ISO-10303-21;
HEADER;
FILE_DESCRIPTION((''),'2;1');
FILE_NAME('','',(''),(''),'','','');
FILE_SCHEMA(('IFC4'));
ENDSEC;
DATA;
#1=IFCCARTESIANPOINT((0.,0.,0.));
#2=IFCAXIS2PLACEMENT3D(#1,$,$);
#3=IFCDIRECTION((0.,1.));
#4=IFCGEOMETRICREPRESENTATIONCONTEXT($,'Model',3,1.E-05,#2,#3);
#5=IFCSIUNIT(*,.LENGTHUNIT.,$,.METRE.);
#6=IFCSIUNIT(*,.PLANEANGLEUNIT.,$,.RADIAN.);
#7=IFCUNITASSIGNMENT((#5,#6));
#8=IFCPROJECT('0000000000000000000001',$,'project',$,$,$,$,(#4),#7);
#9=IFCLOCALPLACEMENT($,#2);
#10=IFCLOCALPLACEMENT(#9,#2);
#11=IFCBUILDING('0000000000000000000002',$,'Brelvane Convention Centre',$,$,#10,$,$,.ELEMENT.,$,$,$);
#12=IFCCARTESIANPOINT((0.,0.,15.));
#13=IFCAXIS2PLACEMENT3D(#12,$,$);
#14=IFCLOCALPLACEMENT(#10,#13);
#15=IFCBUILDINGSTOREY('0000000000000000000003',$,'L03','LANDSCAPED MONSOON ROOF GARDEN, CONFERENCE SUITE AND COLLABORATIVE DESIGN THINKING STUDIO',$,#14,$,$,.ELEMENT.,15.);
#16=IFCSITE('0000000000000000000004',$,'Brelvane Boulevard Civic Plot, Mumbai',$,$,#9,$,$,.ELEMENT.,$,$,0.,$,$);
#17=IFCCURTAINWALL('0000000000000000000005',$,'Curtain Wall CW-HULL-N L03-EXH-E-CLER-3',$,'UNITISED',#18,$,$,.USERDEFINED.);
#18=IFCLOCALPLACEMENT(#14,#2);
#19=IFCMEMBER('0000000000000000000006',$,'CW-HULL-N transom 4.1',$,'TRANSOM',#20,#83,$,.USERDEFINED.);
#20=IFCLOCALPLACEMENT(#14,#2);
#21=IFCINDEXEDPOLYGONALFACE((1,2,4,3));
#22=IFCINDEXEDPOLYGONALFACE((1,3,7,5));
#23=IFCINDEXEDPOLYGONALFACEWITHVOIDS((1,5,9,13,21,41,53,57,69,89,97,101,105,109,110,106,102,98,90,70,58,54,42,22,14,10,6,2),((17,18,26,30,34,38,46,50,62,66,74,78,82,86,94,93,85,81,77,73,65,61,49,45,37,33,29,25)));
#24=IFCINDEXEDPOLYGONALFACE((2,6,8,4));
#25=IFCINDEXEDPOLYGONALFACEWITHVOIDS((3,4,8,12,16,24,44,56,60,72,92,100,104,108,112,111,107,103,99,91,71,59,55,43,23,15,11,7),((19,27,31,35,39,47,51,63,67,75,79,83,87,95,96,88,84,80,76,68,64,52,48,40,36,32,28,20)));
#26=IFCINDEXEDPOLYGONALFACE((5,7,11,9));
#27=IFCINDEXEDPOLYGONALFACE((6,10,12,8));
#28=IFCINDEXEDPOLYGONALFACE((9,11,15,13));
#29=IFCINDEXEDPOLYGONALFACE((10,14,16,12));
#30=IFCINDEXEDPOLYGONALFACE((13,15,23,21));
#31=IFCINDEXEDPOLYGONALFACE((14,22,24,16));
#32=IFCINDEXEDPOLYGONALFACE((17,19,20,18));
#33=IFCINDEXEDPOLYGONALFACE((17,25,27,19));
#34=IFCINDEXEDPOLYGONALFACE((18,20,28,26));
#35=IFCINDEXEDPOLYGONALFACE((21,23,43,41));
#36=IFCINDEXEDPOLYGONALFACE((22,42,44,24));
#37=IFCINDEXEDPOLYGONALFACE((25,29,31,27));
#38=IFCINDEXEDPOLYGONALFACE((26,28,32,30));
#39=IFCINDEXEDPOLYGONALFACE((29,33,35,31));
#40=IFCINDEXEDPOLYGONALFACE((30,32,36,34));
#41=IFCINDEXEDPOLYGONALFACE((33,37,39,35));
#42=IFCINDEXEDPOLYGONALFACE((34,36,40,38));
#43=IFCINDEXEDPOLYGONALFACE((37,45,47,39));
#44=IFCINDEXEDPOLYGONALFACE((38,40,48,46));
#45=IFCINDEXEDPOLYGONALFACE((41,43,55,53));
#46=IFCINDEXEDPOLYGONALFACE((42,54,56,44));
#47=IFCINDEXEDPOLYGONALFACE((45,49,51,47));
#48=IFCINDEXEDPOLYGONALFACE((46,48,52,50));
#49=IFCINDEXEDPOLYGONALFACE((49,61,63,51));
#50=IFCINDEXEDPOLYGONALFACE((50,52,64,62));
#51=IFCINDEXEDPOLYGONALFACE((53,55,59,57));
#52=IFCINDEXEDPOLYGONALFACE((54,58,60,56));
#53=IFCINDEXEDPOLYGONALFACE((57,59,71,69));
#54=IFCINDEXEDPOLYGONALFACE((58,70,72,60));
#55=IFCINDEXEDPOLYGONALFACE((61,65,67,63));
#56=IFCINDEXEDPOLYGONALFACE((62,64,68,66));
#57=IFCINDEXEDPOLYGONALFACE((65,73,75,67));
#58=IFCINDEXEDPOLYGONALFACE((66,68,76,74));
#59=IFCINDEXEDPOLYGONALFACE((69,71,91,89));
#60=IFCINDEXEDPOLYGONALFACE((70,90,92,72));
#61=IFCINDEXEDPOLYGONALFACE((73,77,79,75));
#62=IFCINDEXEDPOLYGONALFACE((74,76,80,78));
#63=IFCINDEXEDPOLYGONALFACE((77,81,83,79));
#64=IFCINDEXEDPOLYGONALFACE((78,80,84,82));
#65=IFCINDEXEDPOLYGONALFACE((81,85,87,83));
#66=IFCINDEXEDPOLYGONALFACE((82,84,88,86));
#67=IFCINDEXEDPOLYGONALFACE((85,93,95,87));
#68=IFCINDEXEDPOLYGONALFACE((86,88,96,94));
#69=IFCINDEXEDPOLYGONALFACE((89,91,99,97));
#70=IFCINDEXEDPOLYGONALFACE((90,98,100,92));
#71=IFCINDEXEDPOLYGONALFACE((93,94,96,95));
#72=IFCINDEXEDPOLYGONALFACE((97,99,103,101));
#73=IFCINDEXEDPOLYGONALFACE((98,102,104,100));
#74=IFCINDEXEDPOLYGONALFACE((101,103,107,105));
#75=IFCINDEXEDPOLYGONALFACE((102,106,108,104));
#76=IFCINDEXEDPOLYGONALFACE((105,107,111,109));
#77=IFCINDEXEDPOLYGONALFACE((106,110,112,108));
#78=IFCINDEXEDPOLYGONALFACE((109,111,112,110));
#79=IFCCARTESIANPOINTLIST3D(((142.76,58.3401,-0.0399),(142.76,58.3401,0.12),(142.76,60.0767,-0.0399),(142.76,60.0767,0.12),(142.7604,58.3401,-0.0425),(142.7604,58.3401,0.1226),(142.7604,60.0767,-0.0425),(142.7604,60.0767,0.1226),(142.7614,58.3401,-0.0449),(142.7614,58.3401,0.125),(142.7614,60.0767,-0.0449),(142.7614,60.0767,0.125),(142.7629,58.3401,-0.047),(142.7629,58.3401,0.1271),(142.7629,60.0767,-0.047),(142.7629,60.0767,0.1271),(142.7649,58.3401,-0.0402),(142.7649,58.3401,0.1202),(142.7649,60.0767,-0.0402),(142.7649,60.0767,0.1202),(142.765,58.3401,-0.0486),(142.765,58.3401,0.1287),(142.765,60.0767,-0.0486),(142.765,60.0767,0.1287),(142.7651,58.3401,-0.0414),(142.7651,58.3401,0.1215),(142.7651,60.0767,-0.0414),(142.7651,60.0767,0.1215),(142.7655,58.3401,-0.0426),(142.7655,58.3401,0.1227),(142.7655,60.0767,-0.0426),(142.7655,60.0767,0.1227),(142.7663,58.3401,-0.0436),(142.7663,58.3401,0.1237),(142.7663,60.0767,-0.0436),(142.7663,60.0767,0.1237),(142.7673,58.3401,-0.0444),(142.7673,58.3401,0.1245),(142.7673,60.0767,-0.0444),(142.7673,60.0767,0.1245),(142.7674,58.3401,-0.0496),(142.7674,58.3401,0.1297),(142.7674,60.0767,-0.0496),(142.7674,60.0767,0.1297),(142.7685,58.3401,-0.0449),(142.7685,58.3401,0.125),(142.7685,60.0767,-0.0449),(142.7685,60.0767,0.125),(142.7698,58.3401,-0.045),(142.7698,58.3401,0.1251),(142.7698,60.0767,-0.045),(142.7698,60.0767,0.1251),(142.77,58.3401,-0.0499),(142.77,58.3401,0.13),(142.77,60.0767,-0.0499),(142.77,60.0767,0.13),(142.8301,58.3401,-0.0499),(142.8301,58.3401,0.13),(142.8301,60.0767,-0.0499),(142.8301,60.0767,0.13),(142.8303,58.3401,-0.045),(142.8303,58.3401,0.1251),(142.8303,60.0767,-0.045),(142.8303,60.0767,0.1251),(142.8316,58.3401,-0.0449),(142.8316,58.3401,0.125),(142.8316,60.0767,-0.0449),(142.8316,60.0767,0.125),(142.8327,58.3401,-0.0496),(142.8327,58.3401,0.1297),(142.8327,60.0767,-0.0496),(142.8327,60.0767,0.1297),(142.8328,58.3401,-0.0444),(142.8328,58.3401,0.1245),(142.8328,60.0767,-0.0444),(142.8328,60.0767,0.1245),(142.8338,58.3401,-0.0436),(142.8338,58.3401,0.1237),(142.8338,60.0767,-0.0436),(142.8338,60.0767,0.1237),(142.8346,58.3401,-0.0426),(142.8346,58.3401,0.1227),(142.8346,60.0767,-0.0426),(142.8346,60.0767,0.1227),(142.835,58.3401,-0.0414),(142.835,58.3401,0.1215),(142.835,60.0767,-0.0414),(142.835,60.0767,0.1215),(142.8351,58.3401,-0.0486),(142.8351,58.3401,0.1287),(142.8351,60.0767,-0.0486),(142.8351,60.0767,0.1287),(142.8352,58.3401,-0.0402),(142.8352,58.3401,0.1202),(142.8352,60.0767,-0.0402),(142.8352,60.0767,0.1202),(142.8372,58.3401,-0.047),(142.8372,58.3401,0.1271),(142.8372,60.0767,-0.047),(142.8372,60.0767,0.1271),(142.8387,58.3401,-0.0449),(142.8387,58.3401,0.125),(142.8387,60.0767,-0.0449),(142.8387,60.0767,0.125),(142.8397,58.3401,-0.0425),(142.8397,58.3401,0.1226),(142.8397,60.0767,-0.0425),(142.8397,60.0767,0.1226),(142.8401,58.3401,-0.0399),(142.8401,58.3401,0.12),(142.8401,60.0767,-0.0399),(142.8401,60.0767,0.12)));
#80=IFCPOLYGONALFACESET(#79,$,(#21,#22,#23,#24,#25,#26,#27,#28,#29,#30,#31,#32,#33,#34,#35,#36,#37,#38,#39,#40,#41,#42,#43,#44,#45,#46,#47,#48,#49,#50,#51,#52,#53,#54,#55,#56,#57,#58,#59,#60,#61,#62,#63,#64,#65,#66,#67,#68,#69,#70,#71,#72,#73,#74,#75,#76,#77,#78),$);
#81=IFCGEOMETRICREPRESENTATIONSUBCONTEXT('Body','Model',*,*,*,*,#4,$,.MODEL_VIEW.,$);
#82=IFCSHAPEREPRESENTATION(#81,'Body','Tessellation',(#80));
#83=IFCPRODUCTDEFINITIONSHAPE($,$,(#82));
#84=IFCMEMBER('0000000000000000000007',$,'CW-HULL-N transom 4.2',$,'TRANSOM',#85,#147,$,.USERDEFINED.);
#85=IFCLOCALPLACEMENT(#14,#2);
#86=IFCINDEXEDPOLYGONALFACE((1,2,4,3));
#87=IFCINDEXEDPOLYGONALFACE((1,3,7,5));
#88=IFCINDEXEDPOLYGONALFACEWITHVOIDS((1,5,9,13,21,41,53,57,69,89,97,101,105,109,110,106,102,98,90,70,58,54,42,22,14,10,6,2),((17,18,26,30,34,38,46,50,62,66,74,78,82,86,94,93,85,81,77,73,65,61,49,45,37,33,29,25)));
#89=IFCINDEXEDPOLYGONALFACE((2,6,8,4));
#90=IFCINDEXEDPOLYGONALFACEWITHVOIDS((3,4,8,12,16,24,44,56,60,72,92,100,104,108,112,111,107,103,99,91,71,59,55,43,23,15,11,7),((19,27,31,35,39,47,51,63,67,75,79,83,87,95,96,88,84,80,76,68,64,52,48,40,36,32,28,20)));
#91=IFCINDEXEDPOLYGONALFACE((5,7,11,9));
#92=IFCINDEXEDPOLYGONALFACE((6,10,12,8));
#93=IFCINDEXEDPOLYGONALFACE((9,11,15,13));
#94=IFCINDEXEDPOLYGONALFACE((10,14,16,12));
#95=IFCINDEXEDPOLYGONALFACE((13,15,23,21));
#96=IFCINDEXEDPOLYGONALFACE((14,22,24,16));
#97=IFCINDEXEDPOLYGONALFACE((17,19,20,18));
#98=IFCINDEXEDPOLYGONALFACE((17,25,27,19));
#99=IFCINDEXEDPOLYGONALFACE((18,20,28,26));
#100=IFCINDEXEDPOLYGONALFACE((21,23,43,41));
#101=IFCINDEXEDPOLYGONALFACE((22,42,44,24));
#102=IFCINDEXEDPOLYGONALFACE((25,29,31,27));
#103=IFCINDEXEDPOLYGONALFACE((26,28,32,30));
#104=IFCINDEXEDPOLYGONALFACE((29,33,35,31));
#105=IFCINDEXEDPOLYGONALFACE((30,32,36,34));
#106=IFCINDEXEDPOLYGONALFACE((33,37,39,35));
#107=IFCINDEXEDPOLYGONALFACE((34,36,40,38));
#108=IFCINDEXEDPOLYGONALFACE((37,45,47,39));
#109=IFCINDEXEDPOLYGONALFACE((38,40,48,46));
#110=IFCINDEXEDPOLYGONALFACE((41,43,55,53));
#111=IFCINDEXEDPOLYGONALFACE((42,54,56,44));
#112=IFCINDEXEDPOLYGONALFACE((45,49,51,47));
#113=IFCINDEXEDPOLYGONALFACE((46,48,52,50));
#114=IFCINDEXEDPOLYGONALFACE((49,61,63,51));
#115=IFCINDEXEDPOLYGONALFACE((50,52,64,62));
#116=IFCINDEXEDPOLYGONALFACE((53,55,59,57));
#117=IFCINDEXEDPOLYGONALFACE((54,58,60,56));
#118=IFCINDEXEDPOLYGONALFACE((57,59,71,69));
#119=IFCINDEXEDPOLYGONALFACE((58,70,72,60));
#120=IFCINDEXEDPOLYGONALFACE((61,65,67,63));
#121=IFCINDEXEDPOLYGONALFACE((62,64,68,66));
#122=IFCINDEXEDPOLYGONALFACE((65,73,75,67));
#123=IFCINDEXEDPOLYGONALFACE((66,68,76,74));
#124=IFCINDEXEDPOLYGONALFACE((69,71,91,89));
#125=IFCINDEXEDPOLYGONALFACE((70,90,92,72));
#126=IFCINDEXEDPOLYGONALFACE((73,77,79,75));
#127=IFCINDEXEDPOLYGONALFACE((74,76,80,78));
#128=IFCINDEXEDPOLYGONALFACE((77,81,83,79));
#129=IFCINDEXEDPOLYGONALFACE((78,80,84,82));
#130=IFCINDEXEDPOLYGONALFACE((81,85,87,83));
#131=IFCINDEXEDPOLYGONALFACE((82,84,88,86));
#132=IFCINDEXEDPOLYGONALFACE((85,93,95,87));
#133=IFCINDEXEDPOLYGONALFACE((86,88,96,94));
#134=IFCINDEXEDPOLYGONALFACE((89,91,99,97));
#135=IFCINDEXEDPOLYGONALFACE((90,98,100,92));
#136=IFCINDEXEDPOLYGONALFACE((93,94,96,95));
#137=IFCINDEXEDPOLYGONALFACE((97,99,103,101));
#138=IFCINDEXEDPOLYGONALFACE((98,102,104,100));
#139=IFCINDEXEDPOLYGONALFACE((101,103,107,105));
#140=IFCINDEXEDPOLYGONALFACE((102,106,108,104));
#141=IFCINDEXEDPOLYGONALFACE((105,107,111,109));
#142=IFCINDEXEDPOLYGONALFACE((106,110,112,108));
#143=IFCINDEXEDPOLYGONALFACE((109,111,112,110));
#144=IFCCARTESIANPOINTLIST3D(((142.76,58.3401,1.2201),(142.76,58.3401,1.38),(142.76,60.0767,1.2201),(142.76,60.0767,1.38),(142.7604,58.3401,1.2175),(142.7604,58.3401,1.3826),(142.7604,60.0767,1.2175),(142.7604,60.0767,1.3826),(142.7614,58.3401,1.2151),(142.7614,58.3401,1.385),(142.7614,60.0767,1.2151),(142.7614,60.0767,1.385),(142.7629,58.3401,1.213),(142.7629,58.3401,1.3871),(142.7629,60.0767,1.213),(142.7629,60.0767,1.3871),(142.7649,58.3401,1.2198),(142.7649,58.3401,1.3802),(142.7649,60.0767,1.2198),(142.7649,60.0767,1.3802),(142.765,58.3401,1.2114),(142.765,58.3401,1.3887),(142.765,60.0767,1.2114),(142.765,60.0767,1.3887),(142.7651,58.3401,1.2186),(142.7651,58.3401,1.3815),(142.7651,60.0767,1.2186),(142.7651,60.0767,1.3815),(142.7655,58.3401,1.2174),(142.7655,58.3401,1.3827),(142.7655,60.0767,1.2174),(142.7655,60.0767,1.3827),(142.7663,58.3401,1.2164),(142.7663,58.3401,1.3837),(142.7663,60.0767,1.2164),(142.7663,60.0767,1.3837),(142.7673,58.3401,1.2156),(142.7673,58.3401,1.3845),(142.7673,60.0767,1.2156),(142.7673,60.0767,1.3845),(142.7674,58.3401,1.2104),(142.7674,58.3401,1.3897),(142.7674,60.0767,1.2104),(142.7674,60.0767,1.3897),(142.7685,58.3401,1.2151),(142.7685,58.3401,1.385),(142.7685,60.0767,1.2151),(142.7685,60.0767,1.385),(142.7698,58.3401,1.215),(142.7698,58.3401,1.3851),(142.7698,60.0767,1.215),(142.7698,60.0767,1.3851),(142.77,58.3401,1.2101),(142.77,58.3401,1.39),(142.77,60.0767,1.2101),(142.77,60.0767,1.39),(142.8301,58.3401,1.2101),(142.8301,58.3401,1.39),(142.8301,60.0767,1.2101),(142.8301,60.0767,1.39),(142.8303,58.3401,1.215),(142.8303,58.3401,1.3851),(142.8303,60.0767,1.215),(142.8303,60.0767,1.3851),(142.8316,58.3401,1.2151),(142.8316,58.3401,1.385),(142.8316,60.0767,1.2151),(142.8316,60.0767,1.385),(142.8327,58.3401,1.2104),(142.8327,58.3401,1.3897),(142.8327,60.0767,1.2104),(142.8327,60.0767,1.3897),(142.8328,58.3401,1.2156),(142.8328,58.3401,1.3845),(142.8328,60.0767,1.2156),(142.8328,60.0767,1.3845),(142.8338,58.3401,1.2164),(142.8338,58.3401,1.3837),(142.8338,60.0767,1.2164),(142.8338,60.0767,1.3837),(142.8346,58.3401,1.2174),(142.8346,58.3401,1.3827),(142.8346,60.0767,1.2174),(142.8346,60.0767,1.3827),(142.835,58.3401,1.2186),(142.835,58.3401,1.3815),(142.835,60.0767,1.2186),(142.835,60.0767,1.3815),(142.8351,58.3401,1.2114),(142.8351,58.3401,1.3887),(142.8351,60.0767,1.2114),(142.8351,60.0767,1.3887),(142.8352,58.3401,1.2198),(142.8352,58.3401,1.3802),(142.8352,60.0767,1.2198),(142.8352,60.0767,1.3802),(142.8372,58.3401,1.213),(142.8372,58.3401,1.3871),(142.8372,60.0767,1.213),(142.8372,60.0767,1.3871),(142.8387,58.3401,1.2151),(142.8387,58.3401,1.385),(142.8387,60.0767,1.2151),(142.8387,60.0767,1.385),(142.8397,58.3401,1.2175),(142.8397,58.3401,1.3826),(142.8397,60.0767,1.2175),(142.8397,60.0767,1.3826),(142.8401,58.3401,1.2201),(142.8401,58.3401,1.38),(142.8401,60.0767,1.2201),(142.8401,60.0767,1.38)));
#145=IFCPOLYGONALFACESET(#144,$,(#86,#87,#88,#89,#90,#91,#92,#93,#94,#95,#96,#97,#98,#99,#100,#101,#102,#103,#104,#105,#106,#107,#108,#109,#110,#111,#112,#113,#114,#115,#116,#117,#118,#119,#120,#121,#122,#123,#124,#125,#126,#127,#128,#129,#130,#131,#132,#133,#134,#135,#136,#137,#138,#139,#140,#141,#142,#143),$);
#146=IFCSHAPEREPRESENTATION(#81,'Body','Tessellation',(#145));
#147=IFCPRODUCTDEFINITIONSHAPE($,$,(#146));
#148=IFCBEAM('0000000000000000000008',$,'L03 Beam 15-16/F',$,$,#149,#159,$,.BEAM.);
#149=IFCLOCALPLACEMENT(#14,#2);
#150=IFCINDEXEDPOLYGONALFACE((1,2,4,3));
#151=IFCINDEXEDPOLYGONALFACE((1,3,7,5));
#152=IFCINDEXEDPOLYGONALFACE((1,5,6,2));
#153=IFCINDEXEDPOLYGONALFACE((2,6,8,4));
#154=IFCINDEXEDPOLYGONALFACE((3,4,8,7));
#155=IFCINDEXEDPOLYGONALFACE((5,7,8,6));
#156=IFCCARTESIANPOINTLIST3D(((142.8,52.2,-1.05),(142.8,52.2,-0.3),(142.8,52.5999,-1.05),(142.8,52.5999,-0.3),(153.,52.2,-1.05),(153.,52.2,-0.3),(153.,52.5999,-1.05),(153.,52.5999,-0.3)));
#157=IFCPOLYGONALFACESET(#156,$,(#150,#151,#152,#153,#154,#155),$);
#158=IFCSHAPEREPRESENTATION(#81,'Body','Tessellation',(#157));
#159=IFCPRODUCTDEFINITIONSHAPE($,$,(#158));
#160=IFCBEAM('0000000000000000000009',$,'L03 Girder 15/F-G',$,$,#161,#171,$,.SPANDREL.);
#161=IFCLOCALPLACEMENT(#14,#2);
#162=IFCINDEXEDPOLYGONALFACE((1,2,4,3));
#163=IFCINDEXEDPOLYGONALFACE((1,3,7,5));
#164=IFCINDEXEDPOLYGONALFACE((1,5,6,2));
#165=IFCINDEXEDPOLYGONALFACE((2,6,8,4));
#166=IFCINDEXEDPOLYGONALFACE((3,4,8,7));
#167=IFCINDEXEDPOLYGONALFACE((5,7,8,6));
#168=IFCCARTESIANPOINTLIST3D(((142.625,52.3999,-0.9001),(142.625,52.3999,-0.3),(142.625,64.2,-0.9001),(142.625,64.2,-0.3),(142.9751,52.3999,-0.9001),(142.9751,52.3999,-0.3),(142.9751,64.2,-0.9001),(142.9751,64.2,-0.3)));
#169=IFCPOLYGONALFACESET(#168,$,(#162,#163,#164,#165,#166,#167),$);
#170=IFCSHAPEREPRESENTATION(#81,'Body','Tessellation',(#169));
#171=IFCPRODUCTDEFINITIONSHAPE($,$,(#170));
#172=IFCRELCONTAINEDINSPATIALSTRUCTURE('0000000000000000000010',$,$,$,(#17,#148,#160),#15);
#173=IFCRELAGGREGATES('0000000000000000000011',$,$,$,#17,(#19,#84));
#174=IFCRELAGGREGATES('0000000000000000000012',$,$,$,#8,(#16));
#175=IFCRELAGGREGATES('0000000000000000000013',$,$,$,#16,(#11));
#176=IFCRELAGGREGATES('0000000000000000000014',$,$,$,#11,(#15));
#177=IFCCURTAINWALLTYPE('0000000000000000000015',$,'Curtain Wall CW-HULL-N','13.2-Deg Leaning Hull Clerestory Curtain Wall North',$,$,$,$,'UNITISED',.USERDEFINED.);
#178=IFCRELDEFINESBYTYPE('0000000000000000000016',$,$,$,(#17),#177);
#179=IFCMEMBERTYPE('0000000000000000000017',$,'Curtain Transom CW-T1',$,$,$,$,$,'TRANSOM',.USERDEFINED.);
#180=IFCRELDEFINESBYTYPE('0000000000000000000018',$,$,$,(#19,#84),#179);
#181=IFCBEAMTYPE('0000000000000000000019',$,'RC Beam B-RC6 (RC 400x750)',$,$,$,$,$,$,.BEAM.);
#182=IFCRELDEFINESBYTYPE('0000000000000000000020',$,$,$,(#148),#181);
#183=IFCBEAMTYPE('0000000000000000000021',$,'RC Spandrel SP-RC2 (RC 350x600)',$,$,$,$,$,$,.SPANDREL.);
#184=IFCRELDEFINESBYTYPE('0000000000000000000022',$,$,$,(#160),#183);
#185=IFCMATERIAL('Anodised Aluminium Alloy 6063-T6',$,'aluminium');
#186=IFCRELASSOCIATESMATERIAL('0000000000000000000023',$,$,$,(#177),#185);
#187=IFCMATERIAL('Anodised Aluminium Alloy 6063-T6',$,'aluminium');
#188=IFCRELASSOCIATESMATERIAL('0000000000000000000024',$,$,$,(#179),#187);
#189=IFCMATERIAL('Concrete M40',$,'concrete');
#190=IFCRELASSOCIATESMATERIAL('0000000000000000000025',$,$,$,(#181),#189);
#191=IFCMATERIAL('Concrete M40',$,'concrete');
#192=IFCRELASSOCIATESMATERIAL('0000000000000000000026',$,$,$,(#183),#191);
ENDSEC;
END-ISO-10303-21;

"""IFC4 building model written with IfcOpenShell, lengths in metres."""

from ifc_helpers import new_model, si_unit, direction, frame, origin, origin_2d, place, context, subcontext, project, spatial, rectangle, hollow_rectangle, extrude, material, material_profile, profile_set, type_object, element, aggregate, save


model = new_model("IFC4")

# Units and contexts
model_context = context("Model", 3, precision=1e-05, world=origin(), true_north=direction((0.0, 1.0)))
body_context = subcontext(model_context, "Body", "Model", "MODEL_VIEW")
ifc_project = project(units=[si_unit("LENGTHUNIT", "METRE"), si_unit("PLANEANGLEUNIT", "RADIAN")], contexts=[model_context])

# Site, building, storey
site_placement = place(None, origin())
site = spatial("IfcSite", under=ifc_project, at=site_placement, Name="Brelvane Boulevard Civic Plot, Mumbai", CompositionType="ELEMENT", RefElevation=0.0)
building_placement = place(site_placement, origin())
building = spatial("IfcBuilding", under=site, at=building_placement, Name="Brelvane Convention Centre", CompositionType="ELEMENT")
storey_placement = place(building_placement, frame((0.0, 0.0, 15.0)))
storey = spatial("IfcBuildingStorey", under=building, at=storey_placement, Name="L03", Description="LANDSCAPED MONSOON ROOF GARDEN, CONFERENCE SUITE AND COLLABORATIVE DESIGN THINKING STUDIO", CompositionType="ELEMENT", Elevation=15.0)

# Curtain wall, members
ifc_material_1 = material(Name="Anodised Aluminium Alloy 6063-T6", Category="aluminium")
curtain_wall_type = type_object("IfcCurtainWallType", Name="Curtain Wall CW-HULL-N", Description="13.2-Deg Leaning Hull Clerestory Curtain Wall North", ElementType="UNITISED", PredefinedType="USERDEFINED", material=ifc_material_1)
curtain_wall_placement = place(storey_placement, origin())
curtain_wall = element("IfcCurtainWall", 1, at=curtain_wall_placement, inside=storey, type_object=curtain_wall_type, Name="Curtain Wall CW-HULL-N L03-EXH-E-CLER-3", ObjectType="UNITISED", PredefinedType="USERDEFINED")
ifc_material_2 = material(Name="Anodised Aluminium Alloy 6063-T6", Category="aluminium")
ifc_material_profile_1 = material_profile(ifc_material_2, hollow_rectangle(XDim=0.0801, YDim=0.1799, WallThickness=0.0049, InnerFilletRadius=0.0049, OuterFilletRadius=0.01, at=origin_2d()), Name="ALU-T 180x80x5.0")
ifc_profile_set_1 = profile_set([ifc_material_profile_1], Name="Anodised Aluminium Alloy 6063-T6")
member_type_1 = type_object("IfcMemberType", Name="Curtain Transom CW-T1", ElementType="TRANSOM", PredefinedType="USERDEFINED", material=ifc_profile_set_1)
member_1_placement = place(storey_placement, frame((142.8, 58.3401, 0.04), z_axis=(0.0, 1.0, 0.0), x_axis=(-1.0, 0.0, 0.0)))
member_1 = element("IfcMember", 2, at=member_1_placement, type_object=member_type_1, Name="CW-HULL-N transom 4.1", ObjectType="TRANSOM", PredefinedType="USERDEFINED", context=body_context, shape_type="SweptSolid", body=[
    extrude(hollow_rectangle(XDim=0.0801, YDim=0.1799, WallThickness=0.0049, InnerFilletRadius=0.0049, OuterFilletRadius=0.01, at=origin_2d()), origin(), (0.0, 0.0, 1.0), 1.7366),
])
member_2_placement = place(storey_placement, frame((142.8, 58.3401, 1.3), z_axis=(0.0, 1.0, 0.0), x_axis=(-1.0, 0.0, 0.0)))
member_2 = element("IfcMember", 3, at=member_2_placement, type_object=member_type_1, Name="CW-HULL-N transom 4.2", ObjectType="TRANSOM", PredefinedType="USERDEFINED", context=body_context, shape_type="SweptSolid", body=[
    extrude(hollow_rectangle(XDim=0.0801, YDim=0.1799, WallThickness=0.0049, InnerFilletRadius=0.0049, OuterFilletRadius=0.01, at=origin_2d()), origin(), (0.0, 0.0, 1.0), 1.7366),
])

# Beams
ifc_material_3 = material(Name="Concrete M40", Category="concrete")
ifc_material_profile_2 = material_profile(ifc_material_3, rectangle(XDim=0.3999, YDim=0.75, at=origin_2d()), Name="RC 400x750")
ifc_profile_set_2 = profile_set([ifc_material_profile_2], Name="Concrete M40")
beam_type_1 = type_object("IfcBeamType", Name="RC Beam B-RC6 (RC 400x750)", PredefinedType="BEAM", material=ifc_profile_set_2)
beam_1_placement = place(storey_placement, frame((142.8, 52.3999, -0.675), z_axis=(1.0, 0.0, 0.0), x_axis=(0.0, 1.0, 0.0)))
element("IfcBeam", 4, at=beam_1_placement, inside=storey, type_object=beam_type_1, Name="L03 Beam 15-16/F", PredefinedType="BEAM", context=body_context, shape_type="SweptSolid", body=[
    extrude(rectangle(XDim=0.3999, YDim=0.75, at=origin_2d()), origin(), (0.0, 0.0, 1.0), 10.2),
])
ifc_material_4 = material(Name="Concrete M40", Category="concrete")
ifc_material_profile_3 = material_profile(ifc_material_4, rectangle(XDim=0.3501, YDim=0.6001, at=origin_2d()), Name="RC 350x600")
ifc_profile_set_3 = profile_set([ifc_material_profile_3], Name="Concrete M40")
beam_type_2 = type_object("IfcBeamType", Name="RC Spandrel SP-RC2 (RC 350x600)", PredefinedType="SPANDREL", material=ifc_profile_set_3)
beam_2_placement = place(storey_placement, frame((142.8, 52.3999, -0.6001), z_axis=(0.0, 1.0, 0.0), x_axis=(-1.0, 0.0, 0.0)))
element("IfcBeam", 5, at=beam_2_placement, inside=storey, type_object=beam_type_2, Name="L03 Girder 15/F-G", PredefinedType="SPANDREL", context=body_context, shape_type="SweptSolid", body=[
    extrude(rectangle(XDim=0.3501, YDim=0.6001, at=origin_2d()), origin(), (0.0, 0.0, 1.0), 11.8),
])

aggregate(curtain_wall, [member_1, member_2])

save(model, "model.ifc")
